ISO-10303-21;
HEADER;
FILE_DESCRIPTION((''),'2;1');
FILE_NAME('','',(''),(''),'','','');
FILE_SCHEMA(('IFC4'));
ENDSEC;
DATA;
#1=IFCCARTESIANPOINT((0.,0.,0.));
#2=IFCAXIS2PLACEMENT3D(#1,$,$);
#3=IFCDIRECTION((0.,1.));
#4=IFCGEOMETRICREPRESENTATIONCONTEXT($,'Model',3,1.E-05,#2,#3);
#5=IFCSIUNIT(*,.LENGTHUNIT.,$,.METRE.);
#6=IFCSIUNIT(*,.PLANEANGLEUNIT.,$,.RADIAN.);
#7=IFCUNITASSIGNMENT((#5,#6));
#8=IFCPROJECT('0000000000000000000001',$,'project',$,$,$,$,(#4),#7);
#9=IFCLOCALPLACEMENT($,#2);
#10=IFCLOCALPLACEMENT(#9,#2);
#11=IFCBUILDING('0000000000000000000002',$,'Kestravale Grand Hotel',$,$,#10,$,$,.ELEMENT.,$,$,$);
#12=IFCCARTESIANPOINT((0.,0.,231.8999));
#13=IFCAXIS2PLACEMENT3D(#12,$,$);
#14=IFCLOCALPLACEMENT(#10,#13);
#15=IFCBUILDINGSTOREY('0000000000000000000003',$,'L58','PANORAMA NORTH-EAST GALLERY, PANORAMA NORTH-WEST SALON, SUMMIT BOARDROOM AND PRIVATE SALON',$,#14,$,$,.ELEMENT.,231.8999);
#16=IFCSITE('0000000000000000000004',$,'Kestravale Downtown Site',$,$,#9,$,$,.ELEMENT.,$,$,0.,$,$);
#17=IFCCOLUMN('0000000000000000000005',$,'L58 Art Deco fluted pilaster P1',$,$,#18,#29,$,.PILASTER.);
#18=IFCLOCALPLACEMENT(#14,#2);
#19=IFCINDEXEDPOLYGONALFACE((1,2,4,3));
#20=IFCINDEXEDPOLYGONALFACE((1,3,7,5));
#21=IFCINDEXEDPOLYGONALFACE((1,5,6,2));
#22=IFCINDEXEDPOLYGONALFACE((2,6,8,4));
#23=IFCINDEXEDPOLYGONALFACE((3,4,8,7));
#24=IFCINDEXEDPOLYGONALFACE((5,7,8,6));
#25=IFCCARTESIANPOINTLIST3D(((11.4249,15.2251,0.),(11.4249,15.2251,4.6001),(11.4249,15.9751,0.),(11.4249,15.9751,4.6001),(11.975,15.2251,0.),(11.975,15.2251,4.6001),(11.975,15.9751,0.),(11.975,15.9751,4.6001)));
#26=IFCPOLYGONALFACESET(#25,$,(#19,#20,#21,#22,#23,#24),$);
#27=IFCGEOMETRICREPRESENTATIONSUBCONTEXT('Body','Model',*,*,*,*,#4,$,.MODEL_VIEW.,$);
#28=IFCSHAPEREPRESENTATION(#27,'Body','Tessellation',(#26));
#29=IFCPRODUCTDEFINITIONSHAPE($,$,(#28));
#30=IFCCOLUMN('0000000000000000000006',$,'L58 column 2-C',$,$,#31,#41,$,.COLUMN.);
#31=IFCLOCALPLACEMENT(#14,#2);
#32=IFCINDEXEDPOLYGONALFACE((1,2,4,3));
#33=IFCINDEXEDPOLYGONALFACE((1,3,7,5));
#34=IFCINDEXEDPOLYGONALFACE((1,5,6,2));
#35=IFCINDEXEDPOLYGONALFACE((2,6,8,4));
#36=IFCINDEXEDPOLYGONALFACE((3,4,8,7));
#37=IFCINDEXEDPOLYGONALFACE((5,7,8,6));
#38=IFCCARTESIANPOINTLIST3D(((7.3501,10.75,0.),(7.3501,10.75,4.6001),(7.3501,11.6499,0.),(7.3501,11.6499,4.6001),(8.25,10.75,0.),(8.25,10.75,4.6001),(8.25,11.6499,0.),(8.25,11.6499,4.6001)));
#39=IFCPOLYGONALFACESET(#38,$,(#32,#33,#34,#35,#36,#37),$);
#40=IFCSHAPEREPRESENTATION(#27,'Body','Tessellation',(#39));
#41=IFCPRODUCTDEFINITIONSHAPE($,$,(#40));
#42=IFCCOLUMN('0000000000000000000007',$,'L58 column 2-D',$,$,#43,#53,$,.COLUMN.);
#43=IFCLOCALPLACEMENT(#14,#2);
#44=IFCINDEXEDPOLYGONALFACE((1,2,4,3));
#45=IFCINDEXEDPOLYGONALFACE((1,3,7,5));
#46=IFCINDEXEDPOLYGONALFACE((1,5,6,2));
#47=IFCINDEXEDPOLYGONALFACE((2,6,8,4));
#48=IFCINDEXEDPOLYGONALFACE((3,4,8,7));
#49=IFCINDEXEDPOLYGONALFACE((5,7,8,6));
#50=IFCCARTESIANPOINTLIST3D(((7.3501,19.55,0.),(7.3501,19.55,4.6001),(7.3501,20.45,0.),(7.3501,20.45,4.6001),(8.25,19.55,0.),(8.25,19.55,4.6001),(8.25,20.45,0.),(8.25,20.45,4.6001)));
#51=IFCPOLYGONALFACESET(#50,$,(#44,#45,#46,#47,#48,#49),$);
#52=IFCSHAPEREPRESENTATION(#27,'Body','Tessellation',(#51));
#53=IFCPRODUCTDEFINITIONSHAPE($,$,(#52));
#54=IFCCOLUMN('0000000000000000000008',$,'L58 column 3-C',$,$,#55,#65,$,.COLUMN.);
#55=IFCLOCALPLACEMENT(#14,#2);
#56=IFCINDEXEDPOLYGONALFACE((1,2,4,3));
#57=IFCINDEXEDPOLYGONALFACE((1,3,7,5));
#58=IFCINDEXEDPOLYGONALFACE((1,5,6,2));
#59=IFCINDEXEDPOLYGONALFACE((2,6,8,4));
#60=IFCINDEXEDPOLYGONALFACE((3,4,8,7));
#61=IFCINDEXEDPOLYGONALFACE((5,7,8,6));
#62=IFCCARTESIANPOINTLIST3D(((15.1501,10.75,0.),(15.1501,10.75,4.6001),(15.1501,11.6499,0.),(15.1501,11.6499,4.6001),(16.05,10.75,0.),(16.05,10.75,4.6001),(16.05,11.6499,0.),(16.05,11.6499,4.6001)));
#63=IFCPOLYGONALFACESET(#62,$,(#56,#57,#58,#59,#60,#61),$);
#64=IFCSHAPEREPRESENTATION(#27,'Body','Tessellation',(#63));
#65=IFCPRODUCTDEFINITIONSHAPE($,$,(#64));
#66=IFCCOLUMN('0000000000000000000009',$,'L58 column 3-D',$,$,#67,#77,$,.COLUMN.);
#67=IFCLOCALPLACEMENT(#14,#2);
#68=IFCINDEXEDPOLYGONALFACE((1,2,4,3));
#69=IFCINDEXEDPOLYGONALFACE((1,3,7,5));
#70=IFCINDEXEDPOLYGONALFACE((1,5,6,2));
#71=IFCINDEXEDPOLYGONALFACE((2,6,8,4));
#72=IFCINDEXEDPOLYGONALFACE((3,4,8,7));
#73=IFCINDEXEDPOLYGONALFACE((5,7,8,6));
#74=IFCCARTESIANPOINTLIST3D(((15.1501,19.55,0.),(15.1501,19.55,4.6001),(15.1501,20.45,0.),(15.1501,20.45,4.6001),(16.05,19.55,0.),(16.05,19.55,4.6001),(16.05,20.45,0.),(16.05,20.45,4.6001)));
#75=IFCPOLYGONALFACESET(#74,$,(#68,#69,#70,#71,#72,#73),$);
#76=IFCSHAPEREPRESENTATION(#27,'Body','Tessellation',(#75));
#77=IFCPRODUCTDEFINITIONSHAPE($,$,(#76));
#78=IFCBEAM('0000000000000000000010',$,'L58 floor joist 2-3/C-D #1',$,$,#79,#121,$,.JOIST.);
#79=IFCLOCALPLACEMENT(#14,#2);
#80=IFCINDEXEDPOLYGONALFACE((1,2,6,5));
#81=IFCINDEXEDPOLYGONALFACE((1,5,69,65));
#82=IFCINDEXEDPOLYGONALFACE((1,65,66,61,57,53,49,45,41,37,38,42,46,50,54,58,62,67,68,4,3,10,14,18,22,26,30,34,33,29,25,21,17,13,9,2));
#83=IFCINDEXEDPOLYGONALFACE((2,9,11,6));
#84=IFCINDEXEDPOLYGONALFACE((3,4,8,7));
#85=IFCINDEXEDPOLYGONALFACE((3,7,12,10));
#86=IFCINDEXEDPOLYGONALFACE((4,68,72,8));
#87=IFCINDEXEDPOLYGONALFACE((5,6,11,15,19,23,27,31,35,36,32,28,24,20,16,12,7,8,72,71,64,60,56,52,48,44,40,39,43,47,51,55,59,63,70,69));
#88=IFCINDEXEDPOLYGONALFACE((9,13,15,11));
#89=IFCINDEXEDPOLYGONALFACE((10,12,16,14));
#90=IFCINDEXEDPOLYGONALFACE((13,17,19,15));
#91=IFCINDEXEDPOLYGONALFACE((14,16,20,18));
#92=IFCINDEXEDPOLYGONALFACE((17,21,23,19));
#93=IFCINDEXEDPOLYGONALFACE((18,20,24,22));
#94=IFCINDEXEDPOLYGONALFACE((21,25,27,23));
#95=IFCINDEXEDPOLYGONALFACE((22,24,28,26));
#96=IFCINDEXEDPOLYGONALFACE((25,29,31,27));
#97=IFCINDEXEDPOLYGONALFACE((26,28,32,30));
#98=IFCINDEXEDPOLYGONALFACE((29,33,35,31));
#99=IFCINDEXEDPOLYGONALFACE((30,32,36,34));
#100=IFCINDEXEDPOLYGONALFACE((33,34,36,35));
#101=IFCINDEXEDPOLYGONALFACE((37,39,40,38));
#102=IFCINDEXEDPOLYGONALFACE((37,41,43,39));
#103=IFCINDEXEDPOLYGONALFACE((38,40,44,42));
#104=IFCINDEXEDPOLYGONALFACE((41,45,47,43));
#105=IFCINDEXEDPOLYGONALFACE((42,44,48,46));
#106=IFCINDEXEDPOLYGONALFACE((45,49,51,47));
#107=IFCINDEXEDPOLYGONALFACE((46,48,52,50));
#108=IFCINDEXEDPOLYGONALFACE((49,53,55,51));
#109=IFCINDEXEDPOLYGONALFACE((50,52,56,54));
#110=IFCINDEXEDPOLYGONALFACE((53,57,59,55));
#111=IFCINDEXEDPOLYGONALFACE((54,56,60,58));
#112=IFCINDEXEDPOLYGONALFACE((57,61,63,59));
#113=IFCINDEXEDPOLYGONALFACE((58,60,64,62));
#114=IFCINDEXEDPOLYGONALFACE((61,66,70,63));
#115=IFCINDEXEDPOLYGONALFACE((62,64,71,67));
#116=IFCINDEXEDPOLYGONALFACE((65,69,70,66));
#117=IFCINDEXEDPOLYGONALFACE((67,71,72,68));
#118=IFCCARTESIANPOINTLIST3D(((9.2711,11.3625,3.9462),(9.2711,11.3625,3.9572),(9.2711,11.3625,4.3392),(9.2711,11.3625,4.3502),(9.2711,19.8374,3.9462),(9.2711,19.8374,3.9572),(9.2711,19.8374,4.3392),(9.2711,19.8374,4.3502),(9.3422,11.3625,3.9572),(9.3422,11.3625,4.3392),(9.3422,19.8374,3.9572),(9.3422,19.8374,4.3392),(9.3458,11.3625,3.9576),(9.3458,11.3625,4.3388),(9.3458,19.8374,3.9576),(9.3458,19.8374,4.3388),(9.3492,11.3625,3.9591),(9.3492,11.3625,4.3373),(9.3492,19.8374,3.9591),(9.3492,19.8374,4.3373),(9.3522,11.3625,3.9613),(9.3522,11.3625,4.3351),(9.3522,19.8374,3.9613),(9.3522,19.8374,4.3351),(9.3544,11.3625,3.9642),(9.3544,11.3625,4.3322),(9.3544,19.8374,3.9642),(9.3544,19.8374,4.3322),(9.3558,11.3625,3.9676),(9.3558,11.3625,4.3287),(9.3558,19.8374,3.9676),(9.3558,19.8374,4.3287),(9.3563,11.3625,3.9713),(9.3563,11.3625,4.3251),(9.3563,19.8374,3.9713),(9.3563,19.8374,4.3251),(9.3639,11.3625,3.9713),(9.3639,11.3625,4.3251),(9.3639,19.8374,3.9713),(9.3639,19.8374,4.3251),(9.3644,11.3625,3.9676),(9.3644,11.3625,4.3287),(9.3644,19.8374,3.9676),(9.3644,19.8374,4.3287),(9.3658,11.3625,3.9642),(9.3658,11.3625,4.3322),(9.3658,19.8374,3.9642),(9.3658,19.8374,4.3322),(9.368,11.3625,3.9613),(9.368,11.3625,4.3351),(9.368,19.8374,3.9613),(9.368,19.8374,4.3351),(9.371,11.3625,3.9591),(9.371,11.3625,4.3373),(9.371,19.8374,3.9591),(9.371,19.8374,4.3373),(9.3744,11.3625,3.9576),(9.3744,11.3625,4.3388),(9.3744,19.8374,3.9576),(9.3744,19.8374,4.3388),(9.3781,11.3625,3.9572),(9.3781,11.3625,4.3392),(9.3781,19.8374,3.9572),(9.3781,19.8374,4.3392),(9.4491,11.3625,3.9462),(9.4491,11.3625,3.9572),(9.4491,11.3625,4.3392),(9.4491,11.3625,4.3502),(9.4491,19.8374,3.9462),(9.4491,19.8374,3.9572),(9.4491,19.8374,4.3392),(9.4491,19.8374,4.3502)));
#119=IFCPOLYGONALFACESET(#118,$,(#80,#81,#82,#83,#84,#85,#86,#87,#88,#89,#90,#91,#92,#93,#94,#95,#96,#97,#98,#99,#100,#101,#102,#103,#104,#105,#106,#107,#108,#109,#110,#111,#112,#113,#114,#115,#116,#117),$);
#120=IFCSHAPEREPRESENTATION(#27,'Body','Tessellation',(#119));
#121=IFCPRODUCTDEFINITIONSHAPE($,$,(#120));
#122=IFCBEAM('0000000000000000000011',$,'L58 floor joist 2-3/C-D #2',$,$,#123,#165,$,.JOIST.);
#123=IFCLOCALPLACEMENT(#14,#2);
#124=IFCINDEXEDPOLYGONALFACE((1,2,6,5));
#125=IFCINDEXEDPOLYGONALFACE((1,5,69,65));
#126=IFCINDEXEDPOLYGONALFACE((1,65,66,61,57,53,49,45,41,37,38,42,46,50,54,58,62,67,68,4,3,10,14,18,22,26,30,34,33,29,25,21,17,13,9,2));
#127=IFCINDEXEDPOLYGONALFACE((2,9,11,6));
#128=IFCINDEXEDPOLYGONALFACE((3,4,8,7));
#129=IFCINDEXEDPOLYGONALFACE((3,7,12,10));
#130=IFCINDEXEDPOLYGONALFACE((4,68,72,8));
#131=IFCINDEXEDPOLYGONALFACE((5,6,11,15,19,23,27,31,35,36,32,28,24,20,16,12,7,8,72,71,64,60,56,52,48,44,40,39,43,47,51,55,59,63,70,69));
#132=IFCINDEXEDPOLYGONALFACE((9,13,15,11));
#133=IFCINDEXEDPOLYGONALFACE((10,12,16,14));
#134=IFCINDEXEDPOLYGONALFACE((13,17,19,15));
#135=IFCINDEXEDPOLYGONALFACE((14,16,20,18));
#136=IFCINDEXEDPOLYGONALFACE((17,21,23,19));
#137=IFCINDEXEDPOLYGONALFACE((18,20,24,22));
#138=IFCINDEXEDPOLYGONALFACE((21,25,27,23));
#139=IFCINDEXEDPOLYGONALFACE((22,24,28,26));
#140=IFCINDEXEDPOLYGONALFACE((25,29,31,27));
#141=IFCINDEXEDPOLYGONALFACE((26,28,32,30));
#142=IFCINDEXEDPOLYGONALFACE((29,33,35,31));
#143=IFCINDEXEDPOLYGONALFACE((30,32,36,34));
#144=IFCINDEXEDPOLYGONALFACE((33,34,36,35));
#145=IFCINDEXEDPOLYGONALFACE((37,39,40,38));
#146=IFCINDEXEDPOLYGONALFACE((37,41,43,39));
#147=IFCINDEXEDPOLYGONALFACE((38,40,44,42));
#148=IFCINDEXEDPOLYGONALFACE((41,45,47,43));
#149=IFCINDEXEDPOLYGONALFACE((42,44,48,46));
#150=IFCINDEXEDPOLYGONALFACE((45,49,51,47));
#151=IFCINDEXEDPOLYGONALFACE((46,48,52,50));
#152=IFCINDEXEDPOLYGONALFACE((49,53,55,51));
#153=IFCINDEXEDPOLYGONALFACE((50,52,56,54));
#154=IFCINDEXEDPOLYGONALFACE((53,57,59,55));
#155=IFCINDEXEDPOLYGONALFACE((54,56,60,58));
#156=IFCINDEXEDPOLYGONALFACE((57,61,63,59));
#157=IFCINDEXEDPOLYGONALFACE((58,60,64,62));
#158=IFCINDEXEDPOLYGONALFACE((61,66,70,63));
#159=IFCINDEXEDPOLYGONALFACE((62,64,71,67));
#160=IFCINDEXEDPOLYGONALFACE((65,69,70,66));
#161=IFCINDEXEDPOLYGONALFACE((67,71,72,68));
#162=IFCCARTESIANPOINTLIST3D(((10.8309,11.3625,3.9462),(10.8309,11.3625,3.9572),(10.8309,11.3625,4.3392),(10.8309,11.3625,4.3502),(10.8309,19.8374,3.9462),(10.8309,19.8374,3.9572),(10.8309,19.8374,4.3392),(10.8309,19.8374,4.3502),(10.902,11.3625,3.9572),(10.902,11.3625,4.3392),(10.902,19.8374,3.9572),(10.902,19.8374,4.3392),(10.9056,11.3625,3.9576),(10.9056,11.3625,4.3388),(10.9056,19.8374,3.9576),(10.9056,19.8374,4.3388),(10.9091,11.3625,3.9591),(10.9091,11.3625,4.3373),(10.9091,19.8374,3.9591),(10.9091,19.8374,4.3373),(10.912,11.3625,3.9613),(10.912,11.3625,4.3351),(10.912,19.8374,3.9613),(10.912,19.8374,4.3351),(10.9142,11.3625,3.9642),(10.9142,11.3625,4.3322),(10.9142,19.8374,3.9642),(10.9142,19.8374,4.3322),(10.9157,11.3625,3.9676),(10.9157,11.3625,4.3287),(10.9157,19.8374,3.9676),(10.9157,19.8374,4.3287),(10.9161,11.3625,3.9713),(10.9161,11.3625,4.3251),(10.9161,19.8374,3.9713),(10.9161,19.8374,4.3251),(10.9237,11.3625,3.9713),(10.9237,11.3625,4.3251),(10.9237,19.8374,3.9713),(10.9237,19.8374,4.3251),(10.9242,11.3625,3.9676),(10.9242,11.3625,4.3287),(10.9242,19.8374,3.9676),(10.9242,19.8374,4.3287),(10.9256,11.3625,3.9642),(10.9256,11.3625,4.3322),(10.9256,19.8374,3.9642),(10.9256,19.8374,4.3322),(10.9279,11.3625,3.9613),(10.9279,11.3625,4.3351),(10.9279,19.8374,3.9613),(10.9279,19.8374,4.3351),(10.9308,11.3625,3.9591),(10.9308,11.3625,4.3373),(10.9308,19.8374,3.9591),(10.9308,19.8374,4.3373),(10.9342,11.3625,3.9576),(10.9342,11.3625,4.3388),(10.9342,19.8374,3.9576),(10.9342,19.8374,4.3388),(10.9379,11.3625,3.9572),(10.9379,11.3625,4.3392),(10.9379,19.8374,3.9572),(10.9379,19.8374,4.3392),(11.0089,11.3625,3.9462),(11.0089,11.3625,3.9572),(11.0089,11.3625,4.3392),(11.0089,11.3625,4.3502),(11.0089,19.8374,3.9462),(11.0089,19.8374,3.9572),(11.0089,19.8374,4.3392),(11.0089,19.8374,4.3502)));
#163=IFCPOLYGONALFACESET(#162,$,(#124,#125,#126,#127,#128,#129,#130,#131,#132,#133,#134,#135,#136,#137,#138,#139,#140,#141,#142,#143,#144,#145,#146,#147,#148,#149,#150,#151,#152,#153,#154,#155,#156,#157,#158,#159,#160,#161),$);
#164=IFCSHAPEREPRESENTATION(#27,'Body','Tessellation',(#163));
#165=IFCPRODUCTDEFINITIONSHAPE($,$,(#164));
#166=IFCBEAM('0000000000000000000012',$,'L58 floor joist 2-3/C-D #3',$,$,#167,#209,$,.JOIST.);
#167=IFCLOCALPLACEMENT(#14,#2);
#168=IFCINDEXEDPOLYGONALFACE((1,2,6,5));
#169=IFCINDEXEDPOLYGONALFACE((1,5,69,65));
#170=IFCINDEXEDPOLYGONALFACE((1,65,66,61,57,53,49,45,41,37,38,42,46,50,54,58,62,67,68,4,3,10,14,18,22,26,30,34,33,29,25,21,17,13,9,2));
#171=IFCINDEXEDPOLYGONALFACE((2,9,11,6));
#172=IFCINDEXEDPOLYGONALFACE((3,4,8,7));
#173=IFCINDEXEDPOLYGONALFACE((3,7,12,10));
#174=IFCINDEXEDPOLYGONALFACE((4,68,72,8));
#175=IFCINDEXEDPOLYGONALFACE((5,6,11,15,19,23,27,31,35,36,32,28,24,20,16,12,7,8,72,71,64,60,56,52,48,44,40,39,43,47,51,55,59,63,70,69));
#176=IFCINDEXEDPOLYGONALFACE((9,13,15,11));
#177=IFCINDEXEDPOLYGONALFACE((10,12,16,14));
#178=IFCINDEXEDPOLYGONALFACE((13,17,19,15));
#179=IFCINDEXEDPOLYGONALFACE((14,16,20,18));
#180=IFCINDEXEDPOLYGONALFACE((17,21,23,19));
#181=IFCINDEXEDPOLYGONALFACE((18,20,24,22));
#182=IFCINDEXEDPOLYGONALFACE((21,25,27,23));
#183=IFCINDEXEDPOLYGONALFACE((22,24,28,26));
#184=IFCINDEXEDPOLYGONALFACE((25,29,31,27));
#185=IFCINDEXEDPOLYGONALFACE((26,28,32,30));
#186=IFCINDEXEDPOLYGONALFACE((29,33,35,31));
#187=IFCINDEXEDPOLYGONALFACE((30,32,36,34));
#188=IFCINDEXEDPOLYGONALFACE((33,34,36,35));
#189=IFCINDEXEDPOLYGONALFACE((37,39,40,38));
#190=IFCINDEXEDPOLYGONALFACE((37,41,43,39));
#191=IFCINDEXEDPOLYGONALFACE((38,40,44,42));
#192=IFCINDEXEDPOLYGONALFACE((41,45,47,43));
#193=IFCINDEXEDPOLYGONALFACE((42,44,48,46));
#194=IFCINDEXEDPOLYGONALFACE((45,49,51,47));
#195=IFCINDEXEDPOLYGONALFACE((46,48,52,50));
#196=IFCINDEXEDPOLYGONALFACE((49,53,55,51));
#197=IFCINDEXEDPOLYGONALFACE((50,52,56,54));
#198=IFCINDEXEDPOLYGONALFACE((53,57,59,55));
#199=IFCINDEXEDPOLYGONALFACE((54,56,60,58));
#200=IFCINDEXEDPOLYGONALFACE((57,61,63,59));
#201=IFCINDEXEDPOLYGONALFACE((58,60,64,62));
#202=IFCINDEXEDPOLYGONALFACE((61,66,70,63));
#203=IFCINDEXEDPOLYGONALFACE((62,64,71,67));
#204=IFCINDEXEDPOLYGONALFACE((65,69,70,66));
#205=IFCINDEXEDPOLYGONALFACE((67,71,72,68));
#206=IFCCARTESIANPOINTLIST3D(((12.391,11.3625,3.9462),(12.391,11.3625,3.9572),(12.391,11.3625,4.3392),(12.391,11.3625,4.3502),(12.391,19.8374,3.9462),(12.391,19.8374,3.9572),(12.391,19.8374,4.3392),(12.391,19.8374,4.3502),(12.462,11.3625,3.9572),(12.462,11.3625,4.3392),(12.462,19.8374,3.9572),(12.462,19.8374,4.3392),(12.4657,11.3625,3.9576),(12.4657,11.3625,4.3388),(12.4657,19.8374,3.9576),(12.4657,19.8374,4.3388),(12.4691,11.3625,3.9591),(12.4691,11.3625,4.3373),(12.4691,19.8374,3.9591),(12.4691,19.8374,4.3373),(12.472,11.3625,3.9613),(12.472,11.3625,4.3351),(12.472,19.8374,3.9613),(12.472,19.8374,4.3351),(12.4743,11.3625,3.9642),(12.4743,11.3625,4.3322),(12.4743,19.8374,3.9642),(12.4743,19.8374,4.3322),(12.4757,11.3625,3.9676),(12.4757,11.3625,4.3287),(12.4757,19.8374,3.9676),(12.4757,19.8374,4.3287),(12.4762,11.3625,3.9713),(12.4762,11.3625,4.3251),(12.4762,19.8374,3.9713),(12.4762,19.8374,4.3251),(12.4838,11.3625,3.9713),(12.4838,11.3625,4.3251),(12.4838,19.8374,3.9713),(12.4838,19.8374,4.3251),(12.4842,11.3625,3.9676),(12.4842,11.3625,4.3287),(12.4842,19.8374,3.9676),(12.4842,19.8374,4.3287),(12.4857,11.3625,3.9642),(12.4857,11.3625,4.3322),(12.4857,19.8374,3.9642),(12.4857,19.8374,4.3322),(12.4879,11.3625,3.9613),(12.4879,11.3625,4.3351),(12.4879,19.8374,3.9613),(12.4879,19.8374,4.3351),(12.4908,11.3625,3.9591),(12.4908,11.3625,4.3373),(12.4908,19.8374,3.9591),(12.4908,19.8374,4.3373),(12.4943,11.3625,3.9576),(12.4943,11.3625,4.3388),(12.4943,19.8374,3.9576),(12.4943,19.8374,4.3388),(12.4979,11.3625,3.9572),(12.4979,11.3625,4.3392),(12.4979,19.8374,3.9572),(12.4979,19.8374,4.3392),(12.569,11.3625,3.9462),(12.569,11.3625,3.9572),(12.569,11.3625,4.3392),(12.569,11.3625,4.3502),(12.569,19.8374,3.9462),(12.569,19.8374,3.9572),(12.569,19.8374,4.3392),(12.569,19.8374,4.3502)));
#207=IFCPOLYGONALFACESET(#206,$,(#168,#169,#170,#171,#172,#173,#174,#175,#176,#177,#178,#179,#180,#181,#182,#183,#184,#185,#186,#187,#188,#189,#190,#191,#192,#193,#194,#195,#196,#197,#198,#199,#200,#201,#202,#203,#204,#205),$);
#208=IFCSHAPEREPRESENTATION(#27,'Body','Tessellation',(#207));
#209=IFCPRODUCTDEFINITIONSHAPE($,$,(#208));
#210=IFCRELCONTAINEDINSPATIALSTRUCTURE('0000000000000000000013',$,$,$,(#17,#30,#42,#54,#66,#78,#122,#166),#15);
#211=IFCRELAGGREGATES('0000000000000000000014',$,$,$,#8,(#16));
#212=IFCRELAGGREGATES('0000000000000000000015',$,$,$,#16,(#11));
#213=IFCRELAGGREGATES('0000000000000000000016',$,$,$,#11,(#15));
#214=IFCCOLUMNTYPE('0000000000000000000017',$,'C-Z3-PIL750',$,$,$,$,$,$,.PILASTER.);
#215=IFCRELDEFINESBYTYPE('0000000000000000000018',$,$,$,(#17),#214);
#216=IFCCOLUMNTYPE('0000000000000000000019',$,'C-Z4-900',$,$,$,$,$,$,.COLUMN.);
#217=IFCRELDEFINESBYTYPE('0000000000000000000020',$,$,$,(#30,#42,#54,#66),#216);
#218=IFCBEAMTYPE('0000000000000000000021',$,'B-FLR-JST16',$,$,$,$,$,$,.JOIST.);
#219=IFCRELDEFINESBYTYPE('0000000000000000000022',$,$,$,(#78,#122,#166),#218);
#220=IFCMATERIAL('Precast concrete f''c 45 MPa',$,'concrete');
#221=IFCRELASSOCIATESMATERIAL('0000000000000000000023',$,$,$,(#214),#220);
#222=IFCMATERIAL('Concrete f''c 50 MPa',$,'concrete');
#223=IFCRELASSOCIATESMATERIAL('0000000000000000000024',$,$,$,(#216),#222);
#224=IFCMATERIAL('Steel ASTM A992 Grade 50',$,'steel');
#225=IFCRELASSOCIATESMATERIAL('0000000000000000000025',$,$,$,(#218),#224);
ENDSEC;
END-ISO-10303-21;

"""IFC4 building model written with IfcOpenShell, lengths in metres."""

from ifc_helpers import new_model, si_unit, direction, frame, origin, origin_2d, place, context, subcontext, project, spatial, rectangle, i_section, extrude, material, material_profile, profile_set, type_object, element, save


model = new_model("IFC4")

# Units and contexts
model_context = context("Model", 3, precision=1e-05, world=origin(), true_north=direction((0.0, 1.0)))
body_context = subcontext(model_context, "Body", "Model", "MODEL_VIEW")
ifc_project = project(units=[si_unit("LENGTHUNIT", "METRE"), si_unit("PLANEANGLEUNIT", "RADIAN")], contexts=[model_context])

# Site, building, storey
site_placement = place(None, origin())
site = spatial("IfcSite", under=ifc_project, at=site_placement, Name="Kestravale Downtown Site", CompositionType="ELEMENT", RefElevation=0.0)
building_placement = place(site_placement, origin())
building = spatial("IfcBuilding", under=site, at=building_placement, Name="Kestravale Grand Hotel", CompositionType="ELEMENT")
storey_placement = place(building_placement, frame((0.0, 0.0, 231.8999)))
storey = spatial("IfcBuildingStorey", under=building, at=storey_placement, Name="L58", Description="PANORAMA NORTH-EAST GALLERY, PANORAMA NORTH-WEST SALON, SUMMIT BOARDROOM AND PRIVATE SALON", CompositionType="ELEMENT", Elevation=231.8999)

# Columns
ifc_material_1 = material(Name="Precast concrete f'c 45 MPa", Category="concrete")
ifc_material_profile_1 = material_profile(ifc_material_1, rectangle(XDim=0.55, YDim=0.75, at=origin_2d()))
ifc_profile_set_1 = profile_set([ifc_material_profile_1], Name="Precast concrete f'c 45 MPa")
column_type_1 = type_object("IfcColumnType", Name="C-Z3-PIL750", PredefinedType="PILASTER", material=ifc_profile_set_1)
column_placement = place(storey_placement, frame((11.7, 15.6001, 0.0), z_axis=(0.0, 0.0, 1.0), x_axis=(1.0, 0.0, 0.0)))
element("IfcColumn", 1, at=column_placement, inside=storey, type_object=column_type_1, Name="L58 Art Deco fluted pilaster P1", PredefinedType="PILASTER", context=body_context, shape_type="SweptSolid", body=[
    extrude(rectangle(XDim=0.55, YDim=0.75, at=origin_2d()), origin(), (0.0, 0.0, 1.0), 4.6001),
])
ifc_material_2 = material(Name="Concrete f'c 50 MPa", Category="concrete")
ifc_material_profile_2 = material_profile(ifc_material_2, rectangle(XDim=0.8999, YDim=0.8999, at=origin_2d()))
ifc_profile_set_2 = profile_set([ifc_material_profile_2], Name="Concrete f'c 50 MPa")
column_type_2 = type_object("IfcColumnType", Name="C-Z4-900", PredefinedType="COLUMN", material=ifc_profile_set_2)
for number, where, z_axis, x_axis, name in (
    (2, (7.8, 11.2, 0.0), (0.0, 0.0, 1.0), (1.0, 0.0, 0.0), "L58 column 2-C"),
    (3, (7.8, 20.0, 0.0), (0.0, 0.0, 1.0), (1.0, 0.0, 0.0), "L58 column 2-D"),
    (4, (15.6001, 11.2, 0.0), (0.0, 0.0, 1.0), (1.0, 0.0, 0.0), "L58 column 3-C"),
    (5, (15.6001, 20.0, 0.0), (0.0, 0.0, 1.0), (1.0, 0.0, 0.0), "L58 column 3-D"),
):
    element("IfcColumn", number, at=place(storey_placement, frame(where, z_axis=z_axis, x_axis=x_axis)), inside=storey, type_object=column_type_2, Name=name, PredefinedType="COLUMN", context=body_context, shape_type="SweptSolid", body=[
        extrude(rectangle(XDim=0.8999, YDim=0.8999, at=origin_2d()), origin(), (0.0, 0.0, 1.0), 4.6001),
    ])

# Beams
ifc_material_3 = material(Name="Steel ASTM A992 Grade 50", Category="steel")
ifc_material_profile_3 = material_profile(ifc_material_3, i_section(OverallWidth=0.178, OverallDepth=0.4041, WebThickness=0.0076, FlangeThickness=0.011, FilletRadius=0.0142, at=origin_2d()))
ifc_profile_set_3 = profile_set([ifc_material_profile_3], Name="Steel ASTM A992 Grade 50")
beam_type_1 = type_object("IfcBeamType", Name="B-FLR-JST16", PredefinedType="JOIST", material=ifc_profile_set_3)
for number, where, z_axis, x_axis, name in (
    (6, (9.3601, 11.3625, 4.1482), (0.0, 1.0, 0.0), (-1.0, 0.0, 0.0), "L58 floor joist 2-3/C-D #1"),
    (7, (10.9199, 11.3625, 4.1482), (0.0, 1.0, 0.0), (-1.0, 0.0, 0.0), "L58 floor joist 2-3/C-D #2"),
    (8, (12.48, 11.3625, 4.1482), (0.0, 1.0, 0.0), (-1.0, 0.0, 0.0), "L58 floor joist 2-3/C-D #3"),
):
    element("IfcBeam", number, at=place(storey_placement, frame(where, z_axis=z_axis, x_axis=x_axis)), inside=storey, type_object=beam_type_1, Name=name, PredefinedType="JOIST", context=body_context, shape_type="SweptSolid", body=[
        extrude(i_section(OverallWidth=0.178, OverallDepth=0.4041, WebThickness=0.0076, FlangeThickness=0.011, FilletRadius=0.0142, at=origin_2d()), origin(), (0.0, 0.0, 1.0), 8.4749),
    ])

save(model, "model.ifc")
